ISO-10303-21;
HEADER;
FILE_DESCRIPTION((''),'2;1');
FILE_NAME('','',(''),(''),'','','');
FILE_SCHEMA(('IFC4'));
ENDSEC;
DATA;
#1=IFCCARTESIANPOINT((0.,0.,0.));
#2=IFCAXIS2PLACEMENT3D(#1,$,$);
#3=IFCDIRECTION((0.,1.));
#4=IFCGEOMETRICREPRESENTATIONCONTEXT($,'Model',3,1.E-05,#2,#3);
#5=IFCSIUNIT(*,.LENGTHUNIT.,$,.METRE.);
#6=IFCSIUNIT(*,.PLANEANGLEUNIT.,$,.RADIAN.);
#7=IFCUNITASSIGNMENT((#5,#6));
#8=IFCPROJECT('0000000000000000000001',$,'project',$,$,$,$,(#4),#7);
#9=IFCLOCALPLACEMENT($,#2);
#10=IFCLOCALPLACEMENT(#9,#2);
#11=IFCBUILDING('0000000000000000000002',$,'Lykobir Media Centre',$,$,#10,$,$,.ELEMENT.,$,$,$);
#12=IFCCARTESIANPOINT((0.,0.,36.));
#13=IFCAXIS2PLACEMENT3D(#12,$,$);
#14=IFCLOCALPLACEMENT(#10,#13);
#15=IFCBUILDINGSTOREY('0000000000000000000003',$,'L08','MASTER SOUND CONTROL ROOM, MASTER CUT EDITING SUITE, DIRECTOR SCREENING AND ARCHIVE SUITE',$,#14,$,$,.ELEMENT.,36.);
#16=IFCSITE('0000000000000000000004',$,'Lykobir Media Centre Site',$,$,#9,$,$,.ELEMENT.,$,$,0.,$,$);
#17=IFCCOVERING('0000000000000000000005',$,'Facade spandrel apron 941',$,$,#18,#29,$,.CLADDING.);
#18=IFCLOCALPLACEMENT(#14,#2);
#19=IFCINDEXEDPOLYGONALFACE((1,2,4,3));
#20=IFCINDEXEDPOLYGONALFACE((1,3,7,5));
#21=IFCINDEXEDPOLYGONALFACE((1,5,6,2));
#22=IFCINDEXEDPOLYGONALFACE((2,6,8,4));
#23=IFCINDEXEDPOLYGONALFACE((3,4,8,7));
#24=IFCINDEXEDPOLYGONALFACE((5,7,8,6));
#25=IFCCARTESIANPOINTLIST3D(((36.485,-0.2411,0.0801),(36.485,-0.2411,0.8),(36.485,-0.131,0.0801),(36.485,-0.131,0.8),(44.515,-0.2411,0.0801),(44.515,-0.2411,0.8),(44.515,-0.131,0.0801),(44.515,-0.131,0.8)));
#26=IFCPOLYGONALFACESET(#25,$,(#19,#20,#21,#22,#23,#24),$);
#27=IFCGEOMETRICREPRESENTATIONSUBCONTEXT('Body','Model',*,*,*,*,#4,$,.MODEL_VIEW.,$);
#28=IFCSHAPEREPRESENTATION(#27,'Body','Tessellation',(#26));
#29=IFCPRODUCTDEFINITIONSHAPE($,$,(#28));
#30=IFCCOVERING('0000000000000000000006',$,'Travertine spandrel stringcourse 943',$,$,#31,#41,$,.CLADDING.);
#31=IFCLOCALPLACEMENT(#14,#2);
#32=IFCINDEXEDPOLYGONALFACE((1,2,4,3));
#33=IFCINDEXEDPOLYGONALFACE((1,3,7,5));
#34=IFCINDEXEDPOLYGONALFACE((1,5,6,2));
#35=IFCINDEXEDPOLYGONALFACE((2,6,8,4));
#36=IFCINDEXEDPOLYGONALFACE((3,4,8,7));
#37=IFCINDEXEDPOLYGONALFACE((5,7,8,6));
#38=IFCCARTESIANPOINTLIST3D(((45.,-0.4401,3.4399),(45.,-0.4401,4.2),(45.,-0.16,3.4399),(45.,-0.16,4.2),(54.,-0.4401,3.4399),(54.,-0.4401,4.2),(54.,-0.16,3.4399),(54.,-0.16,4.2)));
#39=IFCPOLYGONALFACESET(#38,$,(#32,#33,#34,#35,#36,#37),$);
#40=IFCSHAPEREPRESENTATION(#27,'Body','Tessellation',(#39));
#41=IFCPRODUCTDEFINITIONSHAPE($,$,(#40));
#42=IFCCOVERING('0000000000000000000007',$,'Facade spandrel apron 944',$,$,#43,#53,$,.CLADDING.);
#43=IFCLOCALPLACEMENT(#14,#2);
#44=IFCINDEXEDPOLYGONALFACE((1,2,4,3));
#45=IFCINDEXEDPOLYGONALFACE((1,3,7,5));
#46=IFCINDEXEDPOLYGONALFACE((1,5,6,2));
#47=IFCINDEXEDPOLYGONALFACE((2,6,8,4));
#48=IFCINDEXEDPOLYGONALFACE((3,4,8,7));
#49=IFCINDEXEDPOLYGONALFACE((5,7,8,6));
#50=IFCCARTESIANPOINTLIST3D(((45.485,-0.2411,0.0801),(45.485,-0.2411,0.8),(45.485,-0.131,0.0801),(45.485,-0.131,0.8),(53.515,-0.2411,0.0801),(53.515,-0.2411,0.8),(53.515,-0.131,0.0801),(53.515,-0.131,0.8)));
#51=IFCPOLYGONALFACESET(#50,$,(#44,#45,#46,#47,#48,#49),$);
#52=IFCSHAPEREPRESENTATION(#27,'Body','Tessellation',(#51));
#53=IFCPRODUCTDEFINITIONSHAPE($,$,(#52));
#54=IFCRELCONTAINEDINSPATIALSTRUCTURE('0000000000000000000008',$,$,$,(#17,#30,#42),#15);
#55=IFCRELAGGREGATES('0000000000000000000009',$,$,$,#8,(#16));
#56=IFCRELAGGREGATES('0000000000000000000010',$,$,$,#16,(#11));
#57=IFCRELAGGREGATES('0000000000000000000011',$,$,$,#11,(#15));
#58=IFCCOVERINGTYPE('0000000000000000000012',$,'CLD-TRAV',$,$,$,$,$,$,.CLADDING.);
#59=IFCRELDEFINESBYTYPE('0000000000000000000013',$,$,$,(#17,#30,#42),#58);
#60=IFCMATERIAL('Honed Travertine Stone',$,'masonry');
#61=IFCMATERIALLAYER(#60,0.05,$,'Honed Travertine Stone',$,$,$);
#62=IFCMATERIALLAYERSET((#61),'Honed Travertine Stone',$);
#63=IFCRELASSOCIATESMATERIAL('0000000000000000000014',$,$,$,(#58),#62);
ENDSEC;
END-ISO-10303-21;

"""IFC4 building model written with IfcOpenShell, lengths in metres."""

from ifc_helpers import new_model, si_unit, direction, frame, origin, origin_2d, place, context, subcontext, project, spatial, rectangle, extrude, material, layer, layer_set, type_object, element, save


model = new_model("IFC4")

# Units and contexts
model_context = context("Model", 3, precision=1e-05, world=origin(), true_north=direction((0.0, 1.0)))
body_context = subcontext(model_context, "Body", "Model", "MODEL_VIEW")
ifc_project = project(units=[si_unit("LENGTHUNIT", "METRE"), si_unit("PLANEANGLEUNIT", "RADIAN")], contexts=[model_context])

# Site, building, storey
site_placement = place(None, origin())
site = spatial("IfcSite", under=ifc_project, at=site_placement, Name="Lykobir Media Centre Site", CompositionType="ELEMENT", RefElevation=0.0)
building_placement = place(site_placement, origin())
building = spatial("IfcBuilding", under=site, at=building_placement, Name="Lykobir Media Centre", CompositionType="ELEMENT")
storey_placement = place(building_placement, frame((0.0, 0.0, 36.0)))
storey = spatial("IfcBuildingStorey", under=building, at=storey_placement, Name="L08", Description="MASTER SOUND CONTROL ROOM, MASTER CUT EDITING SUITE, DIRECTOR SCREENING AND ARCHIVE SUITE", CompositionType="ELEMENT", Elevation=36.0)

# Coverings
ifc_material_1 = material(Name="Honed Travertine Stone", Category="masonry")
ifc_layer_1 = layer(ifc_material_1, 0.05, Name="Honed Travertine Stone")
ifc_layer_set_1 = layer_set([ifc_layer_1], Name="Honed Travertine Stone")
covering_type = type_object("IfcCoveringType", Name="CLD-TRAV", PredefinedType="CLADDING", material=ifc_layer_set_1)
covering_1_placement = place(storey_placement, frame((40.5, -0.186, 0.0801), z_axis=(0.0, 0.0, 1.0), x_axis=(1.0, 0.0, 0.0)))
element("IfcCovering", 1, at=covering_1_placement, inside=storey, type_object=covering_type, Name="Facade spandrel apron 941", PredefinedType="CLADDING", context=body_context, shape_type="SweptSolid", body=[
    extrude(rectangle(XDim=8.03, YDim=0.1101, at=origin_2d()), origin(), (0.0, 0.0, 1.0), 0.72),
])
covering_2_placement = place(storey_placement, frame((49.5, -0.3, 3.4399), z_axis=(0.0, 0.0, 1.0), x_axis=(1.0, 0.0, 0.0)))
element("IfcCovering", 2, at=covering_2_placement, inside=storey, type_object=covering_type, Name="Travertine spandrel stringcourse 943", PredefinedType="CLADDING", context=body_context, shape_type="SweptSolid", body=[
    extrude(rectangle(XDim=9.0, YDim=0.28, at=origin_2d()), origin(), (0.0, 0.0, 1.0), 0.76),
])
covering_3_placement = place(storey_placement, frame((49.5, -0.186, 0.0801), z_axis=(0.0, 0.0, 1.0), x_axis=(1.0, 0.0, 0.0)))
element("IfcCovering", 3, at=covering_3_placement, inside=storey, type_object=covering_type, Name="Facade spandrel apron 944", PredefinedType="CLADDING", context=body_context, shape_type="SweptSolid", body=[
    extrude(rectangle(XDim=8.03, YDim=0.1101, at=origin_2d()), origin(), (0.0, 0.0, 1.0), 0.72),
])

save(model, "model.ifc")
